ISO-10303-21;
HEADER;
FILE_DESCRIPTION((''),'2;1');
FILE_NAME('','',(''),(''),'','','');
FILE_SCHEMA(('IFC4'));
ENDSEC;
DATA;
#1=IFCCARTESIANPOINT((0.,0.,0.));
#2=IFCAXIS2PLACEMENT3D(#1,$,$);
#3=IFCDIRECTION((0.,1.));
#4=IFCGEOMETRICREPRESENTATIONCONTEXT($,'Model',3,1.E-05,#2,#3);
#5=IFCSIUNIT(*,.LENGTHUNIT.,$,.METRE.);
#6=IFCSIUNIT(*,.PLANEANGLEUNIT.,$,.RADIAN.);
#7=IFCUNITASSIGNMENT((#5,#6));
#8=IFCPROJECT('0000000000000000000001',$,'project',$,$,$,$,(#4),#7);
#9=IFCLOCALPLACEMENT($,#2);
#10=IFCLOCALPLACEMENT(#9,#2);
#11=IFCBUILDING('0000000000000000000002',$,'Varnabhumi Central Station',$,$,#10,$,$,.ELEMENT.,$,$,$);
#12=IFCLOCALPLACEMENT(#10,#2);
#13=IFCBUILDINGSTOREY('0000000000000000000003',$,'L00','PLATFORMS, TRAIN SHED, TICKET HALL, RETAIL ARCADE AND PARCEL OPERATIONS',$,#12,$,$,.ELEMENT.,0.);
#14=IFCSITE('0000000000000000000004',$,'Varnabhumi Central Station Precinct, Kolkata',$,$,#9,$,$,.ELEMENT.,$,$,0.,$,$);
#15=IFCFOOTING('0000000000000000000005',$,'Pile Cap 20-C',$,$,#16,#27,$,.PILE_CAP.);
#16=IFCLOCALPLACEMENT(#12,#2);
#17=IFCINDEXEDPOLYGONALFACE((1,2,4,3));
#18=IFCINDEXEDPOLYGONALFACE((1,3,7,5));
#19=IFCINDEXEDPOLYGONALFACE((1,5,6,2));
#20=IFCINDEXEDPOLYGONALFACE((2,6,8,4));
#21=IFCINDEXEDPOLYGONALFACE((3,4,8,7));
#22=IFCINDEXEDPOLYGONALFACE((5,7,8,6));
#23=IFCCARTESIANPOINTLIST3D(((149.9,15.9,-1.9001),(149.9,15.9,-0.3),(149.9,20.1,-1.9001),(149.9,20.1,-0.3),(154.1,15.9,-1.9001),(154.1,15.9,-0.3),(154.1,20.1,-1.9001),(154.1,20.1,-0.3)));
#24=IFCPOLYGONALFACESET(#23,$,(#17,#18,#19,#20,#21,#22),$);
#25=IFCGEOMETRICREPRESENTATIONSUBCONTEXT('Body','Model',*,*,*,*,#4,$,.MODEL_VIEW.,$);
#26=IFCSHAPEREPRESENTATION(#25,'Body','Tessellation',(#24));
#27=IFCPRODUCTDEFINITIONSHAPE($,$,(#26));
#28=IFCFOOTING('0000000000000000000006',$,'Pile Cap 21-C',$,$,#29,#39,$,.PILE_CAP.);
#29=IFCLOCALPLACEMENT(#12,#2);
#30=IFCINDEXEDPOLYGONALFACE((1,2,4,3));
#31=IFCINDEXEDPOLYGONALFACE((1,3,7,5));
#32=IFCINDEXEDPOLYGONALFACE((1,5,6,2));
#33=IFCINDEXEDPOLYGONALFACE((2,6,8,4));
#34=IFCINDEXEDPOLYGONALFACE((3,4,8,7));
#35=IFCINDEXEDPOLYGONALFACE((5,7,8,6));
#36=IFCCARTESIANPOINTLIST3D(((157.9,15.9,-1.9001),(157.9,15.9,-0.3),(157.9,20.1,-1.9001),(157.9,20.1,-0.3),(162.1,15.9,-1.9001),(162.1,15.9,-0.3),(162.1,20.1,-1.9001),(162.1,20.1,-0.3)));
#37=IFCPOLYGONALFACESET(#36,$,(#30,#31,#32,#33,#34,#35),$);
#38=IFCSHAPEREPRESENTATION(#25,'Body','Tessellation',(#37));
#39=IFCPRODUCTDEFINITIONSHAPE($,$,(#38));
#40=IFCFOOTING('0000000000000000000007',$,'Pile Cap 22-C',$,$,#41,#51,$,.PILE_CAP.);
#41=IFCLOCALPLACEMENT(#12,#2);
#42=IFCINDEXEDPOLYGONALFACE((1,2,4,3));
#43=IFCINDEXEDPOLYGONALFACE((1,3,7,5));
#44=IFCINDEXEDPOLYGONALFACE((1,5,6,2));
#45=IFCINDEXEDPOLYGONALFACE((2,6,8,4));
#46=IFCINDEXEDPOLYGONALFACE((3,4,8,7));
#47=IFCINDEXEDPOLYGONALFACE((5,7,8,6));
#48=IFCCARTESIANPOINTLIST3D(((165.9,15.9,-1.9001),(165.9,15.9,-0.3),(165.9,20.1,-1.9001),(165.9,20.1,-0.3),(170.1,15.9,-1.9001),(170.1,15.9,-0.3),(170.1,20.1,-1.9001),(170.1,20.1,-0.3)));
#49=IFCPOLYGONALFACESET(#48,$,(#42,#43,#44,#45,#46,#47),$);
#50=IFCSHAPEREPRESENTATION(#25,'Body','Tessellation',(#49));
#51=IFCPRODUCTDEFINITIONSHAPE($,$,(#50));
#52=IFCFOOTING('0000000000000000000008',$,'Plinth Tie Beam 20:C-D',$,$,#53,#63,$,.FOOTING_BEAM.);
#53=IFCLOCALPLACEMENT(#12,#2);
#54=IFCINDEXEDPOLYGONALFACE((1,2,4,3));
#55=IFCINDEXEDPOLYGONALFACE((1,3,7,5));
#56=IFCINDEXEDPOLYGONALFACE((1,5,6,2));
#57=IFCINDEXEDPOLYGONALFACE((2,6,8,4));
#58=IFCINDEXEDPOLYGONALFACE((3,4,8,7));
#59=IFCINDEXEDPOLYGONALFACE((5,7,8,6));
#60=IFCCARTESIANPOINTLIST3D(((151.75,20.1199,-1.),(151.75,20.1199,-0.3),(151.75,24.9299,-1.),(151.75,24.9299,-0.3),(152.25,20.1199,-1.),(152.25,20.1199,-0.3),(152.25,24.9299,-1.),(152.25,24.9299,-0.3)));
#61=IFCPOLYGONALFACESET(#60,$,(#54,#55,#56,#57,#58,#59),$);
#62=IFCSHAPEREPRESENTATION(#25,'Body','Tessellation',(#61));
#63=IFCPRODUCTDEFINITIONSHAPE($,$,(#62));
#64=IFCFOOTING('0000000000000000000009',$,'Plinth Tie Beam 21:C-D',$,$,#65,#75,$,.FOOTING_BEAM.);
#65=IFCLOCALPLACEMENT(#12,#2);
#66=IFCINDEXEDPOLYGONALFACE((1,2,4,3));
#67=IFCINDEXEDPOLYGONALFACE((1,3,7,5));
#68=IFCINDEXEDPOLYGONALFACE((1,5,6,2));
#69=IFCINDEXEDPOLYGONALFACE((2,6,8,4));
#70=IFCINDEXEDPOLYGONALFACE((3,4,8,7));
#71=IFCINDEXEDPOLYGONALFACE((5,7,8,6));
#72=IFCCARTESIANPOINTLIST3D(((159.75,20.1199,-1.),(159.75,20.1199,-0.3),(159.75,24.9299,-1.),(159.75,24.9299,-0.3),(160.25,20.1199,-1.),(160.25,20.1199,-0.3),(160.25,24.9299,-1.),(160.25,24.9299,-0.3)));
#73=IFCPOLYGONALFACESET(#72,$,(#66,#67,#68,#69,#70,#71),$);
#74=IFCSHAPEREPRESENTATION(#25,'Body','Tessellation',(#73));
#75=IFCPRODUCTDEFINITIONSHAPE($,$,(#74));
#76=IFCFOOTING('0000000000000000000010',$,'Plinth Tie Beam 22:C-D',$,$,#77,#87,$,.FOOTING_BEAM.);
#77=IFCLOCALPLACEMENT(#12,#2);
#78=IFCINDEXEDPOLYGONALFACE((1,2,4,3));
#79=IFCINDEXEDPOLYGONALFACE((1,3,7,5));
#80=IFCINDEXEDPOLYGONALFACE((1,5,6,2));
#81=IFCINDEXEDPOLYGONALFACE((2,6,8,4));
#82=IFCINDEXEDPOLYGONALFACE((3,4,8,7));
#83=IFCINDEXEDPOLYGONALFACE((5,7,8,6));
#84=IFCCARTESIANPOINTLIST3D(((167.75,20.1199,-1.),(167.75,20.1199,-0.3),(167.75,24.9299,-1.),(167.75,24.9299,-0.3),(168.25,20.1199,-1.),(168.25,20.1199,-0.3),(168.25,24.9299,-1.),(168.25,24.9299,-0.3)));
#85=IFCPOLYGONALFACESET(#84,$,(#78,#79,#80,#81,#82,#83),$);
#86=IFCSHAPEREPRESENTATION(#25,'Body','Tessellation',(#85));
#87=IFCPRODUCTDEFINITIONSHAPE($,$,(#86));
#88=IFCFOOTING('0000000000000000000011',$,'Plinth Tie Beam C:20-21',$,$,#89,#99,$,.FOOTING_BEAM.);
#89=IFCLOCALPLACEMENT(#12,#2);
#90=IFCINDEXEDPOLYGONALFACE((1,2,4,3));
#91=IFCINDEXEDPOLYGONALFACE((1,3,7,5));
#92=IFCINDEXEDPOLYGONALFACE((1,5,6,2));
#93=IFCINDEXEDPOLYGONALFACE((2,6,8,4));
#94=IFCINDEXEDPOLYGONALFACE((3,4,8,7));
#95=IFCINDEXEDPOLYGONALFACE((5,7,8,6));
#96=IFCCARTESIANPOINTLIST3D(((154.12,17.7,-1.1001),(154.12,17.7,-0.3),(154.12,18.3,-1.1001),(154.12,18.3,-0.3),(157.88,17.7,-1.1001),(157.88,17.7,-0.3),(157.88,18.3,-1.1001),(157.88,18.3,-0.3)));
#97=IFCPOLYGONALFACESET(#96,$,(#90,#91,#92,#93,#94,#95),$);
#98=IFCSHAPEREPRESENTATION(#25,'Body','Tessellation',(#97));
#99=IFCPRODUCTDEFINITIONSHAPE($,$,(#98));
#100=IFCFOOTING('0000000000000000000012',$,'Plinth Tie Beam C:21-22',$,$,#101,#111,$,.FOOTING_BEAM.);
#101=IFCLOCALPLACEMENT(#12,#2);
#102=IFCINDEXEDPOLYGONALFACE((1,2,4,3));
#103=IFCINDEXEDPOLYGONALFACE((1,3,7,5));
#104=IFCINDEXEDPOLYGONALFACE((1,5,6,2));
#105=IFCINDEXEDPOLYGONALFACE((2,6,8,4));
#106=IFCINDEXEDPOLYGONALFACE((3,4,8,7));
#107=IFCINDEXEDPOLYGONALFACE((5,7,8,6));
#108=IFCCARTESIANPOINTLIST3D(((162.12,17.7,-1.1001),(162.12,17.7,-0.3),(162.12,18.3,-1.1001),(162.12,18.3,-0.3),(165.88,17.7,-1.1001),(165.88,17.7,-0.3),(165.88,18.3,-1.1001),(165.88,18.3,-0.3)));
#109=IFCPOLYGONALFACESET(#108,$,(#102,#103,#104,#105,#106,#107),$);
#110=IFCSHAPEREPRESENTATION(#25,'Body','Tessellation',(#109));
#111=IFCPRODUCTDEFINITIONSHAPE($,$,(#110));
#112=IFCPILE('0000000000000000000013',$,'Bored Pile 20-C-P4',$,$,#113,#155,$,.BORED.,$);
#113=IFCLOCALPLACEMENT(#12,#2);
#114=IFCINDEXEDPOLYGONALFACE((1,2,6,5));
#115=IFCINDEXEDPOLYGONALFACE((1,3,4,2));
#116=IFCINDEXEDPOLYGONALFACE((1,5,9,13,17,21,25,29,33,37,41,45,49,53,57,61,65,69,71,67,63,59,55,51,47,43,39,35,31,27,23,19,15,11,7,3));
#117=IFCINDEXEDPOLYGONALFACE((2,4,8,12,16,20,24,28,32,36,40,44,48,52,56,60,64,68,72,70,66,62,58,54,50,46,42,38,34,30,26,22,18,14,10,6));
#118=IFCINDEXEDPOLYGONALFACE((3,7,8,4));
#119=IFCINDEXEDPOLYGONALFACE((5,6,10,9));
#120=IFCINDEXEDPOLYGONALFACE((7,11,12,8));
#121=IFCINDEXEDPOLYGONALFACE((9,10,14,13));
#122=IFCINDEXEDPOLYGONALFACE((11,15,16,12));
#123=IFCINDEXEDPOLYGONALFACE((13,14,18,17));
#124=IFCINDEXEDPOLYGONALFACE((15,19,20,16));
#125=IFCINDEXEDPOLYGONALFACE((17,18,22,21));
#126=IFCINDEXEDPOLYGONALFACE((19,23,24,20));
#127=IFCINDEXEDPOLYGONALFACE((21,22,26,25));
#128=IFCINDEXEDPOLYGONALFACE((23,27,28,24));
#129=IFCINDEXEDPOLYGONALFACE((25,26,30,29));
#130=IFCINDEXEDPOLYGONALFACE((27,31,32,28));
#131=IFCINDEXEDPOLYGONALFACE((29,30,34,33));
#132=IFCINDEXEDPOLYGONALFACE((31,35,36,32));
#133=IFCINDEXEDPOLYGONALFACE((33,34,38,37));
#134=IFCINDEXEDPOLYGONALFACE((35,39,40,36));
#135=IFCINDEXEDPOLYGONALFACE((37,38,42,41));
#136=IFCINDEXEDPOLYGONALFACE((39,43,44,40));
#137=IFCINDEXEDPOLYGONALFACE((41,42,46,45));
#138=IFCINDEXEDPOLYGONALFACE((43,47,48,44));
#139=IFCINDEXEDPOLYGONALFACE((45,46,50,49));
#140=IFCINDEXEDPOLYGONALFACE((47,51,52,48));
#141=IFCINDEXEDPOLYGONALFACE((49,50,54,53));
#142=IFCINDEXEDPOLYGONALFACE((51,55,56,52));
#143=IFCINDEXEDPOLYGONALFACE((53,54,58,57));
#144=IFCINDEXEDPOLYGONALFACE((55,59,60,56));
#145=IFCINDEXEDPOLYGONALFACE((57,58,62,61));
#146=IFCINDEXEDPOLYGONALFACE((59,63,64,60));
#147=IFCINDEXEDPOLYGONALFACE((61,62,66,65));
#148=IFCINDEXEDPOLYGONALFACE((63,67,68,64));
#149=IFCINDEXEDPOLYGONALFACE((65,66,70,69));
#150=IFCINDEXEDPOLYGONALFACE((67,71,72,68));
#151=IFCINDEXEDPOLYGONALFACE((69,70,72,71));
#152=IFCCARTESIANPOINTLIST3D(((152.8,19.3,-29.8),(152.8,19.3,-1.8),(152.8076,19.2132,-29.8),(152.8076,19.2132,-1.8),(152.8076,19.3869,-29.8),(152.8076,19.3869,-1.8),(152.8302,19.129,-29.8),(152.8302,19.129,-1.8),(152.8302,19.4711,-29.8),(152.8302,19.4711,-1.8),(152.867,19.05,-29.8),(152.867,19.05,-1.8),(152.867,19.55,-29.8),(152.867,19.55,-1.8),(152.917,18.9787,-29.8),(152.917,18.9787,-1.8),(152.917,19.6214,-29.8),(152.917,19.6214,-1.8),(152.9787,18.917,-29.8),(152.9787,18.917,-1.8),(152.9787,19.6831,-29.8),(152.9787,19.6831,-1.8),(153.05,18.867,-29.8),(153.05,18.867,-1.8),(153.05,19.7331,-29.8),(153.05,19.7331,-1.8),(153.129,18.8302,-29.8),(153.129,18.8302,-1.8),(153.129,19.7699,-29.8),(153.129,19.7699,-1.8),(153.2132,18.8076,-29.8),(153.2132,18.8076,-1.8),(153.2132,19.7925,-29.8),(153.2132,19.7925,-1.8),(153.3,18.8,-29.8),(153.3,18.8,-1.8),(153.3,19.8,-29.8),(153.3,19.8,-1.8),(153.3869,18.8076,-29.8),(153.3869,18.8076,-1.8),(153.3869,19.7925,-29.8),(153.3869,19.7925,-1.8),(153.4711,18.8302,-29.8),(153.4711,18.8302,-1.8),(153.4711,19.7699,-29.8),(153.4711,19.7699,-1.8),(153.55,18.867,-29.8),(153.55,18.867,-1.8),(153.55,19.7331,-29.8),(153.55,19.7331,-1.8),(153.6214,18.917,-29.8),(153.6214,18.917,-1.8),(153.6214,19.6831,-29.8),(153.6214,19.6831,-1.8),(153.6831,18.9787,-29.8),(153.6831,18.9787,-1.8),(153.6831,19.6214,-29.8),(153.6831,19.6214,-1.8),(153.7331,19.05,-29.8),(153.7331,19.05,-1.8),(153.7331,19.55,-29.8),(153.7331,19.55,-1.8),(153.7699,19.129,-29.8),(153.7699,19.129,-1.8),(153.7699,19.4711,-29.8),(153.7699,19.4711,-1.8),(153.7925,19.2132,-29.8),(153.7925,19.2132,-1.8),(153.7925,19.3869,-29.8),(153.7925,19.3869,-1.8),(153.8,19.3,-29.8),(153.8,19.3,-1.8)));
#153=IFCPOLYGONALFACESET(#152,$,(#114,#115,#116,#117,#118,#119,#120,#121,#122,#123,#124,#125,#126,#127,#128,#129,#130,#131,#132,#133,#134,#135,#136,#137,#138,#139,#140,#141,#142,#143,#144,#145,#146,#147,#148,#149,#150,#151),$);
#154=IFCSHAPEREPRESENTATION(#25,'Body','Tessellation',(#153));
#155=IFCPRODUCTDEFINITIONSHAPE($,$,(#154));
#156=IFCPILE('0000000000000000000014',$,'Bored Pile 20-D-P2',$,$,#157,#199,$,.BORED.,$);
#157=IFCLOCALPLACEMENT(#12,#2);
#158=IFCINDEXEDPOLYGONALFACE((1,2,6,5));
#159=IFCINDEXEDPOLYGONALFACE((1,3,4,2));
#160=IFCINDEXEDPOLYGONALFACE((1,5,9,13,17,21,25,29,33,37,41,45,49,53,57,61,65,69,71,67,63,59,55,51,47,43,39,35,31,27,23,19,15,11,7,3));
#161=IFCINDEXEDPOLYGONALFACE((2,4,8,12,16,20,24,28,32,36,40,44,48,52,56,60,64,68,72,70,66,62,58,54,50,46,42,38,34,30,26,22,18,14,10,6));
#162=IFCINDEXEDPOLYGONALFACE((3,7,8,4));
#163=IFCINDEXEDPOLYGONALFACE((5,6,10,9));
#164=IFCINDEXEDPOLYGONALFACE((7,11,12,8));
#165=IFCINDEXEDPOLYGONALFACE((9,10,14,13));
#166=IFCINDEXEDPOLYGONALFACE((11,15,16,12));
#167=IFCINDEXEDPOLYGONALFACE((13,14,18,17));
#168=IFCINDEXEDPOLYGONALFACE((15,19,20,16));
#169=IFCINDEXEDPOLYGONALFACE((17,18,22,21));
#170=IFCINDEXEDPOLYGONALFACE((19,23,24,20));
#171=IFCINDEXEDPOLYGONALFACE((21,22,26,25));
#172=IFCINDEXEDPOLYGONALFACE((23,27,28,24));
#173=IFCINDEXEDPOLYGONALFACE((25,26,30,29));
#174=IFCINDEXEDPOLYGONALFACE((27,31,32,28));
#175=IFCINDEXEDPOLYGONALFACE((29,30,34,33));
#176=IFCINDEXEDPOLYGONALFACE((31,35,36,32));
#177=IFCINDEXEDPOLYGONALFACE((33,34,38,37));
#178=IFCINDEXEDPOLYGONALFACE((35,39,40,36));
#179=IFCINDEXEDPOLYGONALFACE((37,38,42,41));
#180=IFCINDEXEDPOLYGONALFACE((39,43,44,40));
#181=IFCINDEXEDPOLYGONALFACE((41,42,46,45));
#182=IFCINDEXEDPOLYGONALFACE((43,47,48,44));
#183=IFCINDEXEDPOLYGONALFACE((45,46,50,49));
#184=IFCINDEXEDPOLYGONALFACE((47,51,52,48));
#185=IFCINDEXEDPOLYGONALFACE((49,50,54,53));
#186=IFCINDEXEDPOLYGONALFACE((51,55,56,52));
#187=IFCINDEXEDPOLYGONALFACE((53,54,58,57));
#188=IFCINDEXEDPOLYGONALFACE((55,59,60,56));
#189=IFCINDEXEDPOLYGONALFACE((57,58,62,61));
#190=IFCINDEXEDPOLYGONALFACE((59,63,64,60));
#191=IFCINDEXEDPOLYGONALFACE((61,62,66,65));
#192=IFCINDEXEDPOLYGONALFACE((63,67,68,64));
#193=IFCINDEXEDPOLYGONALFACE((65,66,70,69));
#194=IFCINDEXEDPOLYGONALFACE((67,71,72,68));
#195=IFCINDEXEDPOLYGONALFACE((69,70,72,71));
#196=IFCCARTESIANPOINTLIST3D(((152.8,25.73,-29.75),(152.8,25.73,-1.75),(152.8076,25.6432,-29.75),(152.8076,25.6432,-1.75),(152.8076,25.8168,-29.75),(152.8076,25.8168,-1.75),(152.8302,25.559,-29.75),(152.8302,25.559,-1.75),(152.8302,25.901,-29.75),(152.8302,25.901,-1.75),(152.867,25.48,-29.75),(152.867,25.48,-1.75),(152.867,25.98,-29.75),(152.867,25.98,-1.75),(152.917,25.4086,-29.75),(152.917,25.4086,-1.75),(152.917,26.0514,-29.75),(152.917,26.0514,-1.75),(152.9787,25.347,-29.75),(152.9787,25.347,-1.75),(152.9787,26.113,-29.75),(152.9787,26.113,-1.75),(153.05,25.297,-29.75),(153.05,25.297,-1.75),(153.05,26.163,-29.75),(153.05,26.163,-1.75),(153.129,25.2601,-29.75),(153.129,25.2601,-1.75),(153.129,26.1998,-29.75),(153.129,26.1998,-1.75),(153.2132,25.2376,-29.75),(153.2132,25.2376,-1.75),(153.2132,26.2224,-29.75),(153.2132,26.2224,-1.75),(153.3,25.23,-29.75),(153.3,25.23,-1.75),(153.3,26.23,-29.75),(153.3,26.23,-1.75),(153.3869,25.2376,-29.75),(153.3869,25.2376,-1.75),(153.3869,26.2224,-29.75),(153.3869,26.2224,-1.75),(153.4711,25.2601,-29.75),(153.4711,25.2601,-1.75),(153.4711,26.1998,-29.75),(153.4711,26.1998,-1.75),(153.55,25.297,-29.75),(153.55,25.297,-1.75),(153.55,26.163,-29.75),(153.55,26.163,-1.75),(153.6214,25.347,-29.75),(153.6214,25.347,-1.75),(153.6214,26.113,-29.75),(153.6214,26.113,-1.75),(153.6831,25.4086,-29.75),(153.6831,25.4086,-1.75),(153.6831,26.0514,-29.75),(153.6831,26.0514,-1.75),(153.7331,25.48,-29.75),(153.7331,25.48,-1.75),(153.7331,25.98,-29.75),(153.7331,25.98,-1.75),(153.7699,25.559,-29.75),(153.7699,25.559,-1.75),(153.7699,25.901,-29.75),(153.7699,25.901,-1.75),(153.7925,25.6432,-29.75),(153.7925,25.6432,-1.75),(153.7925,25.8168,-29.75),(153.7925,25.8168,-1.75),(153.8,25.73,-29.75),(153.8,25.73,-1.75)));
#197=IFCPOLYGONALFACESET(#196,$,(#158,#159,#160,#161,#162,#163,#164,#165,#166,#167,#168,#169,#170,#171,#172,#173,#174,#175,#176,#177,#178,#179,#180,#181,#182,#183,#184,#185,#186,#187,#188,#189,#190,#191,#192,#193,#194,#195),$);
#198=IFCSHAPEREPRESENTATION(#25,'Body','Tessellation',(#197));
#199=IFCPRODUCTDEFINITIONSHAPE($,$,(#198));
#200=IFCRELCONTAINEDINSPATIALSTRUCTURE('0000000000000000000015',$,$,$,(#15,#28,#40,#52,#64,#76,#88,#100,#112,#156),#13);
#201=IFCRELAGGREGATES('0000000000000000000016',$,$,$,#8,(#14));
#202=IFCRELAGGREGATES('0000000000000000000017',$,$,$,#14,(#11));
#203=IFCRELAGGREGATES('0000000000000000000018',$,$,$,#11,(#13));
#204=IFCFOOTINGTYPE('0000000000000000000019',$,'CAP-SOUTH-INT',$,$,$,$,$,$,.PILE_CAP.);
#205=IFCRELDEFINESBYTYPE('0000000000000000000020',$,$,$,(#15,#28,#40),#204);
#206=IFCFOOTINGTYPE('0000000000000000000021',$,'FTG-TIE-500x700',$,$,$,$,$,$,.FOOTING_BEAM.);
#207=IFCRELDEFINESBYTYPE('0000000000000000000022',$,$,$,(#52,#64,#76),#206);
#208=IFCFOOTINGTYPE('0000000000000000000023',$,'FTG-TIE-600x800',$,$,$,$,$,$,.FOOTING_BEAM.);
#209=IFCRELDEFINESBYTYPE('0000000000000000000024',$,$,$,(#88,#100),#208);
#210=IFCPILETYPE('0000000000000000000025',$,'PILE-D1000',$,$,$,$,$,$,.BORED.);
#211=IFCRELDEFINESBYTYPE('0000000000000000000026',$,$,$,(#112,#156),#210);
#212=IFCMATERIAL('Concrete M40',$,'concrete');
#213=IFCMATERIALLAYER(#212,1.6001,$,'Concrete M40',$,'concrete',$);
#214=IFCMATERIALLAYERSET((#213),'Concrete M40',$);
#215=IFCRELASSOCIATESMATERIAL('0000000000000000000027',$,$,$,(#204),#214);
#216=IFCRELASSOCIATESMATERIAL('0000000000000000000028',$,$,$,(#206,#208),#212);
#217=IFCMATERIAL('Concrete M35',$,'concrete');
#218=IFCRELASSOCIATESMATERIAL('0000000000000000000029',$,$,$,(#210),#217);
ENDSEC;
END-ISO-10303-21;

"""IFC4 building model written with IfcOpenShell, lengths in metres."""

from ifc_helpers import new_model, si_unit, direction, frame, origin, origin_2d, place, context, subcontext, project, spatial, rectangle, circle, extrude, material, layer, layer_set, material_profile, profile_set, type_object, element, save


model = new_model("IFC4")

# Units and contexts
model_context = context("Model", 3, precision=1e-05, world=origin(), true_north=direction((0.0, 1.0)))
body_context = subcontext(model_context, "Body", "Model", "MODEL_VIEW")
ifc_project = project(units=[si_unit("LENGTHUNIT", "METRE"), si_unit("PLANEANGLEUNIT", "RADIAN")], contexts=[model_context])

# Site, building, storey
site_placement = place(None, origin())
site = spatial("IfcSite", under=ifc_project, at=site_placement, Name="Varnabhumi Central Station Precinct, Kolkata", CompositionType="ELEMENT", RefElevation=0.0)
building_placement = place(site_placement, origin())
building = spatial("IfcBuilding", under=site, at=building_placement, Name="Varnabhumi Central Station", CompositionType="ELEMENT")
storey_placement = place(building_placement, origin())
storey = spatial("IfcBuildingStorey", under=building, at=storey_placement, Name="L00", Description="PLATFORMS, TRAIN SHED, TICKET HALL, RETAIL ARCADE AND PARCEL OPERATIONS", CompositionType="ELEMENT", Elevation=0.0)

# Footings
ifc_material_1 = material(Name="Concrete M40", Category="concrete")
ifc_layer_1 = layer(ifc_material_1, 1.6001, Name="Concrete M40", Category="concrete")
ifc_layer_set_1 = layer_set([ifc_layer_1], Name="Concrete M40")
footing_type_1 = type_object("IfcFootingType", Name="CAP-SOUTH-INT", PredefinedType="PILE_CAP", material=ifc_layer_set_1)
for number, where, z_axis, x_axis, name in (
    (1, (152.0, 18.0, -1.9001), (0.0, 0.0, 1.0), (1.0, 0.0, 0.0), "Pile Cap 20-C"),
    (2, (160.0, 18.0, -1.9001), (0.0, 0.0, 1.0), (1.0, 0.0, 0.0), "Pile Cap 21-C"),
    (3, (168.0, 18.0, -1.9001), (0.0, 0.0, 1.0), (1.0, 0.0, 0.0), "Pile Cap 22-C"),
):
    element("IfcFooting", number, at=place(storey_placement, frame(where, z_axis=z_axis, x_axis=x_axis)), inside=storey, type_object=footing_type_1, Name=name, PredefinedType="PILE_CAP", context=body_context, shape_type="SweptSolid", body=[
        extrude(rectangle(XDim=4.2, YDim=4.2, at=origin_2d()), origin(), (0.0, 0.0, 1.0), 1.6001),
    ])
footing_type_2 = type_object("IfcFootingType", Name="FTG-TIE-500x700", PredefinedType="FOOTING_BEAM", material=ifc_material_1)
for number, where, z_axis, x_axis, name in (
    (4, (152.0, 22.5249, -1.0), (0.0, 0.0, 1.0), (1.0, 0.0, 0.0), "Plinth Tie Beam 20:C-D"),
    (5, (160.0, 22.5249, -1.0), (0.0, 0.0, 1.0), (1.0, 0.0, 0.0), "Plinth Tie Beam 21:C-D"),
    (6, (168.0, 22.5249, -1.0), (0.0, 0.0, 1.0), (1.0, 0.0, 0.0), "Plinth Tie Beam 22:C-D"),
):
    element("IfcFooting", number, at=place(storey_placement, frame(where, z_axis=z_axis, x_axis=x_axis)), inside=storey, type_object=footing_type_2, Name=name, PredefinedType="FOOTING_BEAM", context=body_context, shape_type="SweptSolid", body=[
        extrude(rectangle(XDim=0.5, YDim=4.8101, at=origin_2d()), origin(), (0.0, 0.0, 1.0), 0.7),
    ])
footing_type_3 = type_object("IfcFootingType", Name="FTG-TIE-600x800", PredefinedType="FOOTING_BEAM", material=ifc_material_1)
for number, where, z_axis, x_axis, name in (
    (7, (156.0, 18.0, -1.1001), (0.0, 0.0, 1.0), (1.0, 0.0, 0.0), "Plinth Tie Beam C:20-21"),
    (8, (164.0, 18.0, -1.1001), (0.0, 0.0, 1.0), (1.0, 0.0, 0.0), "Plinth Tie Beam C:21-22"),
):
    element("IfcFooting", number, at=place(storey_placement, frame(where, z_axis=z_axis, x_axis=x_axis)), inside=storey, type_object=footing_type_3, Name=name, PredefinedType="FOOTING_BEAM", context=body_context, shape_type="SweptSolid", body=[
        extrude(rectangle(XDim=3.76, YDim=0.6001, at=origin_2d()), origin(), (0.0, 0.0, 1.0), 0.8),
    ])

# Piles
ifc_material_2 = material(Name="Concrete M35", Category="concrete")
ifc_material_profile_1 = material_profile(ifc_material_2, circle(Radius=0.5, at=origin_2d()), Name="Concrete M35", Category="concrete")
ifc_profile_set_1 = profile_set([ifc_material_profile_1], Name="Concrete M35")
pile_type = type_object("IfcPileType", Name="PILE-D1000", PredefinedType="BORED", material=ifc_profile_set_1)
for number, where, z_axis, x_axis, name in (
    (9, (153.3, 19.3, -1.8), (0.0, 0.0, -1.0), (1.0, 0.0, 0.0), "Bored Pile 20-C-P4"),
    (10, (153.3, 25.73, -1.75), (0.0, 0.0, -1.0), (1.0, 0.0, 0.0), "Bored Pile 20-D-P2"),
):
    element("IfcPile", number, at=place(storey_placement, frame(where, z_axis=z_axis, x_axis=x_axis)), inside=storey, type_object=pile_type, Name=name, PredefinedType="BORED", context=body_context, shape_type="SweptSolid", body=[
        extrude(circle(Radius=0.5, at=origin_2d()), origin(), (0.0, 0.0, 1.0), 28.0),
    ])

save(model, "model.ifc")
